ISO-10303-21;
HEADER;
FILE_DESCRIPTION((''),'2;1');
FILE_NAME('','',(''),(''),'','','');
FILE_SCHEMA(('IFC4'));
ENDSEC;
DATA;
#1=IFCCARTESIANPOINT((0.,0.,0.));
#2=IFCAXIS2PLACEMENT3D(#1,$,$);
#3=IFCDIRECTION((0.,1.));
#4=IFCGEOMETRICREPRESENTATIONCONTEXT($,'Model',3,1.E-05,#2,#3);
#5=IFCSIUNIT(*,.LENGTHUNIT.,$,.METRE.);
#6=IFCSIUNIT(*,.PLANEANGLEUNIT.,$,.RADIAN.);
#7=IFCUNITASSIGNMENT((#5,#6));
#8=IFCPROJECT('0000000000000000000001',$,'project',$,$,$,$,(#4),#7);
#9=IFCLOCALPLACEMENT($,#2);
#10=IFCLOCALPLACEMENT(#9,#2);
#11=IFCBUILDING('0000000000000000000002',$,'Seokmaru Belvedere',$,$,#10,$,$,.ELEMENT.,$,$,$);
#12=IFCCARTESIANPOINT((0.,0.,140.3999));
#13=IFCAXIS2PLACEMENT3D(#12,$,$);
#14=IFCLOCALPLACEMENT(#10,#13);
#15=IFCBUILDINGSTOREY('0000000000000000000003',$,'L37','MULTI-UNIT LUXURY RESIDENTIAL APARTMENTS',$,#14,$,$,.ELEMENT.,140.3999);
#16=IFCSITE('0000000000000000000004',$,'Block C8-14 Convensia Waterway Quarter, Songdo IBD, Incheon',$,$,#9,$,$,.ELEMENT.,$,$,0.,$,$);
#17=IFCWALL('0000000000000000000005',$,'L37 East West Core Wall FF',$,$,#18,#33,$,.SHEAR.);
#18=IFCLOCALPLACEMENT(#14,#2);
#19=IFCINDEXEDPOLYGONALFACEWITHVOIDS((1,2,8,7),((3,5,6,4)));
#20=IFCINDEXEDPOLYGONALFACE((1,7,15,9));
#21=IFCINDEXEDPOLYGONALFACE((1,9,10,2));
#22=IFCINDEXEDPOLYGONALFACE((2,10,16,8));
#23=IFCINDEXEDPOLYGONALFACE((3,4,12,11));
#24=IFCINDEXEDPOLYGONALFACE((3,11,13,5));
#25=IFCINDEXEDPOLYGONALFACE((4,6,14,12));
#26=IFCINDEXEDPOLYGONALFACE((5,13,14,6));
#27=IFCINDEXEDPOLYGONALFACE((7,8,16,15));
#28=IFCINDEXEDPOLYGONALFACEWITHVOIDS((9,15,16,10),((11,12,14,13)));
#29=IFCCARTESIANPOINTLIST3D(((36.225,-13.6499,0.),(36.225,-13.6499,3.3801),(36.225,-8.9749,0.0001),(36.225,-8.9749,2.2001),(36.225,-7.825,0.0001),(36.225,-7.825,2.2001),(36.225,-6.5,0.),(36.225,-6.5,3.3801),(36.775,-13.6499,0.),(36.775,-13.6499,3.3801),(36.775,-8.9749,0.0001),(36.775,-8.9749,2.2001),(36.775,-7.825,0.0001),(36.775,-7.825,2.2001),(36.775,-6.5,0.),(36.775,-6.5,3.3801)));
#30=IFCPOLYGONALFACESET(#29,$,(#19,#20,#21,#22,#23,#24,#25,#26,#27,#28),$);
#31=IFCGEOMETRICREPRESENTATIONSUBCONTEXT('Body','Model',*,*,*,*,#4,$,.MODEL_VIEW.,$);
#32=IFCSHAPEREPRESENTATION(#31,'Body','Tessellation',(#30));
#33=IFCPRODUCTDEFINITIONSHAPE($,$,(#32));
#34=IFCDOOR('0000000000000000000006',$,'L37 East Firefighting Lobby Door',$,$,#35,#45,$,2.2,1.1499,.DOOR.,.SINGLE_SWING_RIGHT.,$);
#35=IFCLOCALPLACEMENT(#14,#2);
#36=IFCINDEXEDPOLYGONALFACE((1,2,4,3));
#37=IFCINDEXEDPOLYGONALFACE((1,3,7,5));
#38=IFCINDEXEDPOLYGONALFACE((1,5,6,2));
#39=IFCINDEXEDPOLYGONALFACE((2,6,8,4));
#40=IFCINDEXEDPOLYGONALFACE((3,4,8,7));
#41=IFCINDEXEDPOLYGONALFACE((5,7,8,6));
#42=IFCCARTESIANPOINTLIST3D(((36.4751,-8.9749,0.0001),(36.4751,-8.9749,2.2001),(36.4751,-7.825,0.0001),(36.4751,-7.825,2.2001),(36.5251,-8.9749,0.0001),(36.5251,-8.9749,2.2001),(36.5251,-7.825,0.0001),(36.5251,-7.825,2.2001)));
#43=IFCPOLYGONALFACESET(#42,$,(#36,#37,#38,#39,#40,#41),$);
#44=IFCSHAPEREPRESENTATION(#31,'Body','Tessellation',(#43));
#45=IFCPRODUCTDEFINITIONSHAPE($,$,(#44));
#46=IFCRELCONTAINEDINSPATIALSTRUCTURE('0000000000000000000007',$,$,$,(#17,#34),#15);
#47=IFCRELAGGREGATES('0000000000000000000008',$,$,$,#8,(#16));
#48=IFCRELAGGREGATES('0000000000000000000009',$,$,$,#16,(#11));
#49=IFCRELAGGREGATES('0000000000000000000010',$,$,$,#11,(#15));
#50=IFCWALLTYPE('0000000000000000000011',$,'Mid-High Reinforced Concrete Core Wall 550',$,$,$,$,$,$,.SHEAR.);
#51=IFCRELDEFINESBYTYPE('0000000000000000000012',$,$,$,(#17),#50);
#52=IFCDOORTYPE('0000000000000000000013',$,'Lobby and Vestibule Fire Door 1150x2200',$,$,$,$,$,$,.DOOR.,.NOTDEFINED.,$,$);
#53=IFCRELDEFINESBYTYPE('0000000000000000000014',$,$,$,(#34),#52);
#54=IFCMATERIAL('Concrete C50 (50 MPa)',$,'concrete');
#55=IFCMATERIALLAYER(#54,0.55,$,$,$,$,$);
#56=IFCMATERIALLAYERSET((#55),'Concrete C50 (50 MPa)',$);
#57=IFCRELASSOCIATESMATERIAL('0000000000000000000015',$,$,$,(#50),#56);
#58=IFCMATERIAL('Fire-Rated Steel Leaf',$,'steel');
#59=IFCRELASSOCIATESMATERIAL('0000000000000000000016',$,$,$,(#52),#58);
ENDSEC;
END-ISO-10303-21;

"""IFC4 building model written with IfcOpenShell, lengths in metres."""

from ifc_helpers import new_model, si_unit, direction, frame, frame_2d, origin, place, context, subcontext, project, spatial, rectangle, extrude, source, transform, mapped, material, layer, layer_set, type_object, type_shapes, element, fill, save


model = new_model("IFC4")

# Units and contexts
model_context = context("Model", 3, precision=1e-05, world=origin(), true_north=direction((0.0, 1.0)))
body_context = subcontext(model_context, "Body", "Model", "MODEL_VIEW")
ifc_project = project(units=[si_unit("LENGTHUNIT", "METRE"), si_unit("PLANEANGLEUNIT", "RADIAN")], contexts=[model_context])

# Site, building, storey
site_placement = place(None, origin())
site = spatial("IfcSite", under=ifc_project, at=site_placement, Name="Block C8-14 Convensia Waterway Quarter, Songdo IBD, Incheon", CompositionType="ELEMENT", RefElevation=0.0)
building_placement = place(site_placement, origin())
building = spatial("IfcBuilding", under=site, at=building_placement, Name="Seokmaru Belvedere", CompositionType="ELEMENT")
storey_placement = place(building_placement, frame((0.0, 0.0, 140.3999)))
storey = spatial("IfcBuildingStorey", under=building, at=storey_placement, Name="L37", Description="MULTI-UNIT LUXURY RESIDENTIAL APARTMENTS", CompositionType="ELEMENT", Elevation=140.3999)

# Shared definitions
ifc_material_1 = material(Name="Fire-Rated Steel Leaf", Category="steel")

# Wall, opening, door
ifc_material_2 = material(Name="Concrete C50 (50 MPa)", Category="concrete")
ifc_layer_1 = layer(ifc_material_2, 0.55)
ifc_layer_set_1 = layer_set([ifc_layer_1], Name="Concrete C50 (50 MPa)")
wall_type_1 = type_object("IfcWallType", Name="Mid-High Reinforced Concrete Core Wall 550", PredefinedType="SHEAR", material=ifc_layer_set_1)
wall_1_placement = place(storey_placement, frame((36.5, -13.6499, 0.0), z_axis=(0.0, 0.0, 1.0), x_axis=(0.0, 1.0, 0.0)))
wall_1 = element("IfcWall", 1, at=wall_1_placement, inside=storey, type_object=wall_type_1, Name="L37 East West Core Wall FF", PredefinedType="SHEAR", context=body_context, shape_type="SweptSolid", body=[
    extrude(rectangle(XDim=7.1499, YDim=0.55, at=frame_2d((3.575, 0.0))), origin(), (0.0, 0.0, 1.0), 3.3801),
])
opening_1_placement = place(wall_1_placement, frame((4.675, 0.0, 0.0)))
opening_1 = element("IfcOpeningElement", 2, at=opening_1_placement, cuts=wall_1, PredefinedType="OPENING", context=body_context, shape_type="SweptSolid", body=[
    extrude(rectangle(XDim=1.1499, YDim=2.2, at=frame_2d((0.575, 1.1001))), frame((0.0, 0.2852, 0.0), z_axis=(0.0, -1.0, 0.0), x_axis=(1.0, 0.0, 0.0)), (0.0, 0.0, 1.0), 0.5701),
])
door_type_1 = type_object("IfcDoorType", Name="Lobby and Vestibule Fire Door 1150x2200", OperationType="NOTDEFINED", PredefinedType="DOOR", material=ifc_material_1)
shared_shape_1 = source(origin(), body_context, "Body", "SweptSolid", [
    extrude(rectangle(XDim=1.1499, YDim=2.2, at=frame_2d((0.575, 1.1001))), frame((0.0, 0.0249, 0.0), z_axis=(0.0, -1.0, 0.0), x_axis=(1.0, 0.0, 0.0)), (0.0, 0.0, 1.0), 0.05),
])
type_shapes(door_type_1, [shared_shape_1])
door_1_placement = place(opening_1_placement, origin())
door_1 = element("IfcDoor", 3, at=door_1_placement, inside=storey, type_object=door_type_1, Name="L37 East Firefighting Lobby Door", OperationType="SINGLE_SWING_RIGHT", OverallHeight=2.2, OverallWidth=1.1499, PredefinedType="DOOR", context=body_context, shape_type="MappedRepresentation", body=[
    mapped(shared_shape_1, transform((0.0, 0.0, 0.0), scale=1.0)),
])
fill(opening_1, door_1)

save(model, "model.ifc")
